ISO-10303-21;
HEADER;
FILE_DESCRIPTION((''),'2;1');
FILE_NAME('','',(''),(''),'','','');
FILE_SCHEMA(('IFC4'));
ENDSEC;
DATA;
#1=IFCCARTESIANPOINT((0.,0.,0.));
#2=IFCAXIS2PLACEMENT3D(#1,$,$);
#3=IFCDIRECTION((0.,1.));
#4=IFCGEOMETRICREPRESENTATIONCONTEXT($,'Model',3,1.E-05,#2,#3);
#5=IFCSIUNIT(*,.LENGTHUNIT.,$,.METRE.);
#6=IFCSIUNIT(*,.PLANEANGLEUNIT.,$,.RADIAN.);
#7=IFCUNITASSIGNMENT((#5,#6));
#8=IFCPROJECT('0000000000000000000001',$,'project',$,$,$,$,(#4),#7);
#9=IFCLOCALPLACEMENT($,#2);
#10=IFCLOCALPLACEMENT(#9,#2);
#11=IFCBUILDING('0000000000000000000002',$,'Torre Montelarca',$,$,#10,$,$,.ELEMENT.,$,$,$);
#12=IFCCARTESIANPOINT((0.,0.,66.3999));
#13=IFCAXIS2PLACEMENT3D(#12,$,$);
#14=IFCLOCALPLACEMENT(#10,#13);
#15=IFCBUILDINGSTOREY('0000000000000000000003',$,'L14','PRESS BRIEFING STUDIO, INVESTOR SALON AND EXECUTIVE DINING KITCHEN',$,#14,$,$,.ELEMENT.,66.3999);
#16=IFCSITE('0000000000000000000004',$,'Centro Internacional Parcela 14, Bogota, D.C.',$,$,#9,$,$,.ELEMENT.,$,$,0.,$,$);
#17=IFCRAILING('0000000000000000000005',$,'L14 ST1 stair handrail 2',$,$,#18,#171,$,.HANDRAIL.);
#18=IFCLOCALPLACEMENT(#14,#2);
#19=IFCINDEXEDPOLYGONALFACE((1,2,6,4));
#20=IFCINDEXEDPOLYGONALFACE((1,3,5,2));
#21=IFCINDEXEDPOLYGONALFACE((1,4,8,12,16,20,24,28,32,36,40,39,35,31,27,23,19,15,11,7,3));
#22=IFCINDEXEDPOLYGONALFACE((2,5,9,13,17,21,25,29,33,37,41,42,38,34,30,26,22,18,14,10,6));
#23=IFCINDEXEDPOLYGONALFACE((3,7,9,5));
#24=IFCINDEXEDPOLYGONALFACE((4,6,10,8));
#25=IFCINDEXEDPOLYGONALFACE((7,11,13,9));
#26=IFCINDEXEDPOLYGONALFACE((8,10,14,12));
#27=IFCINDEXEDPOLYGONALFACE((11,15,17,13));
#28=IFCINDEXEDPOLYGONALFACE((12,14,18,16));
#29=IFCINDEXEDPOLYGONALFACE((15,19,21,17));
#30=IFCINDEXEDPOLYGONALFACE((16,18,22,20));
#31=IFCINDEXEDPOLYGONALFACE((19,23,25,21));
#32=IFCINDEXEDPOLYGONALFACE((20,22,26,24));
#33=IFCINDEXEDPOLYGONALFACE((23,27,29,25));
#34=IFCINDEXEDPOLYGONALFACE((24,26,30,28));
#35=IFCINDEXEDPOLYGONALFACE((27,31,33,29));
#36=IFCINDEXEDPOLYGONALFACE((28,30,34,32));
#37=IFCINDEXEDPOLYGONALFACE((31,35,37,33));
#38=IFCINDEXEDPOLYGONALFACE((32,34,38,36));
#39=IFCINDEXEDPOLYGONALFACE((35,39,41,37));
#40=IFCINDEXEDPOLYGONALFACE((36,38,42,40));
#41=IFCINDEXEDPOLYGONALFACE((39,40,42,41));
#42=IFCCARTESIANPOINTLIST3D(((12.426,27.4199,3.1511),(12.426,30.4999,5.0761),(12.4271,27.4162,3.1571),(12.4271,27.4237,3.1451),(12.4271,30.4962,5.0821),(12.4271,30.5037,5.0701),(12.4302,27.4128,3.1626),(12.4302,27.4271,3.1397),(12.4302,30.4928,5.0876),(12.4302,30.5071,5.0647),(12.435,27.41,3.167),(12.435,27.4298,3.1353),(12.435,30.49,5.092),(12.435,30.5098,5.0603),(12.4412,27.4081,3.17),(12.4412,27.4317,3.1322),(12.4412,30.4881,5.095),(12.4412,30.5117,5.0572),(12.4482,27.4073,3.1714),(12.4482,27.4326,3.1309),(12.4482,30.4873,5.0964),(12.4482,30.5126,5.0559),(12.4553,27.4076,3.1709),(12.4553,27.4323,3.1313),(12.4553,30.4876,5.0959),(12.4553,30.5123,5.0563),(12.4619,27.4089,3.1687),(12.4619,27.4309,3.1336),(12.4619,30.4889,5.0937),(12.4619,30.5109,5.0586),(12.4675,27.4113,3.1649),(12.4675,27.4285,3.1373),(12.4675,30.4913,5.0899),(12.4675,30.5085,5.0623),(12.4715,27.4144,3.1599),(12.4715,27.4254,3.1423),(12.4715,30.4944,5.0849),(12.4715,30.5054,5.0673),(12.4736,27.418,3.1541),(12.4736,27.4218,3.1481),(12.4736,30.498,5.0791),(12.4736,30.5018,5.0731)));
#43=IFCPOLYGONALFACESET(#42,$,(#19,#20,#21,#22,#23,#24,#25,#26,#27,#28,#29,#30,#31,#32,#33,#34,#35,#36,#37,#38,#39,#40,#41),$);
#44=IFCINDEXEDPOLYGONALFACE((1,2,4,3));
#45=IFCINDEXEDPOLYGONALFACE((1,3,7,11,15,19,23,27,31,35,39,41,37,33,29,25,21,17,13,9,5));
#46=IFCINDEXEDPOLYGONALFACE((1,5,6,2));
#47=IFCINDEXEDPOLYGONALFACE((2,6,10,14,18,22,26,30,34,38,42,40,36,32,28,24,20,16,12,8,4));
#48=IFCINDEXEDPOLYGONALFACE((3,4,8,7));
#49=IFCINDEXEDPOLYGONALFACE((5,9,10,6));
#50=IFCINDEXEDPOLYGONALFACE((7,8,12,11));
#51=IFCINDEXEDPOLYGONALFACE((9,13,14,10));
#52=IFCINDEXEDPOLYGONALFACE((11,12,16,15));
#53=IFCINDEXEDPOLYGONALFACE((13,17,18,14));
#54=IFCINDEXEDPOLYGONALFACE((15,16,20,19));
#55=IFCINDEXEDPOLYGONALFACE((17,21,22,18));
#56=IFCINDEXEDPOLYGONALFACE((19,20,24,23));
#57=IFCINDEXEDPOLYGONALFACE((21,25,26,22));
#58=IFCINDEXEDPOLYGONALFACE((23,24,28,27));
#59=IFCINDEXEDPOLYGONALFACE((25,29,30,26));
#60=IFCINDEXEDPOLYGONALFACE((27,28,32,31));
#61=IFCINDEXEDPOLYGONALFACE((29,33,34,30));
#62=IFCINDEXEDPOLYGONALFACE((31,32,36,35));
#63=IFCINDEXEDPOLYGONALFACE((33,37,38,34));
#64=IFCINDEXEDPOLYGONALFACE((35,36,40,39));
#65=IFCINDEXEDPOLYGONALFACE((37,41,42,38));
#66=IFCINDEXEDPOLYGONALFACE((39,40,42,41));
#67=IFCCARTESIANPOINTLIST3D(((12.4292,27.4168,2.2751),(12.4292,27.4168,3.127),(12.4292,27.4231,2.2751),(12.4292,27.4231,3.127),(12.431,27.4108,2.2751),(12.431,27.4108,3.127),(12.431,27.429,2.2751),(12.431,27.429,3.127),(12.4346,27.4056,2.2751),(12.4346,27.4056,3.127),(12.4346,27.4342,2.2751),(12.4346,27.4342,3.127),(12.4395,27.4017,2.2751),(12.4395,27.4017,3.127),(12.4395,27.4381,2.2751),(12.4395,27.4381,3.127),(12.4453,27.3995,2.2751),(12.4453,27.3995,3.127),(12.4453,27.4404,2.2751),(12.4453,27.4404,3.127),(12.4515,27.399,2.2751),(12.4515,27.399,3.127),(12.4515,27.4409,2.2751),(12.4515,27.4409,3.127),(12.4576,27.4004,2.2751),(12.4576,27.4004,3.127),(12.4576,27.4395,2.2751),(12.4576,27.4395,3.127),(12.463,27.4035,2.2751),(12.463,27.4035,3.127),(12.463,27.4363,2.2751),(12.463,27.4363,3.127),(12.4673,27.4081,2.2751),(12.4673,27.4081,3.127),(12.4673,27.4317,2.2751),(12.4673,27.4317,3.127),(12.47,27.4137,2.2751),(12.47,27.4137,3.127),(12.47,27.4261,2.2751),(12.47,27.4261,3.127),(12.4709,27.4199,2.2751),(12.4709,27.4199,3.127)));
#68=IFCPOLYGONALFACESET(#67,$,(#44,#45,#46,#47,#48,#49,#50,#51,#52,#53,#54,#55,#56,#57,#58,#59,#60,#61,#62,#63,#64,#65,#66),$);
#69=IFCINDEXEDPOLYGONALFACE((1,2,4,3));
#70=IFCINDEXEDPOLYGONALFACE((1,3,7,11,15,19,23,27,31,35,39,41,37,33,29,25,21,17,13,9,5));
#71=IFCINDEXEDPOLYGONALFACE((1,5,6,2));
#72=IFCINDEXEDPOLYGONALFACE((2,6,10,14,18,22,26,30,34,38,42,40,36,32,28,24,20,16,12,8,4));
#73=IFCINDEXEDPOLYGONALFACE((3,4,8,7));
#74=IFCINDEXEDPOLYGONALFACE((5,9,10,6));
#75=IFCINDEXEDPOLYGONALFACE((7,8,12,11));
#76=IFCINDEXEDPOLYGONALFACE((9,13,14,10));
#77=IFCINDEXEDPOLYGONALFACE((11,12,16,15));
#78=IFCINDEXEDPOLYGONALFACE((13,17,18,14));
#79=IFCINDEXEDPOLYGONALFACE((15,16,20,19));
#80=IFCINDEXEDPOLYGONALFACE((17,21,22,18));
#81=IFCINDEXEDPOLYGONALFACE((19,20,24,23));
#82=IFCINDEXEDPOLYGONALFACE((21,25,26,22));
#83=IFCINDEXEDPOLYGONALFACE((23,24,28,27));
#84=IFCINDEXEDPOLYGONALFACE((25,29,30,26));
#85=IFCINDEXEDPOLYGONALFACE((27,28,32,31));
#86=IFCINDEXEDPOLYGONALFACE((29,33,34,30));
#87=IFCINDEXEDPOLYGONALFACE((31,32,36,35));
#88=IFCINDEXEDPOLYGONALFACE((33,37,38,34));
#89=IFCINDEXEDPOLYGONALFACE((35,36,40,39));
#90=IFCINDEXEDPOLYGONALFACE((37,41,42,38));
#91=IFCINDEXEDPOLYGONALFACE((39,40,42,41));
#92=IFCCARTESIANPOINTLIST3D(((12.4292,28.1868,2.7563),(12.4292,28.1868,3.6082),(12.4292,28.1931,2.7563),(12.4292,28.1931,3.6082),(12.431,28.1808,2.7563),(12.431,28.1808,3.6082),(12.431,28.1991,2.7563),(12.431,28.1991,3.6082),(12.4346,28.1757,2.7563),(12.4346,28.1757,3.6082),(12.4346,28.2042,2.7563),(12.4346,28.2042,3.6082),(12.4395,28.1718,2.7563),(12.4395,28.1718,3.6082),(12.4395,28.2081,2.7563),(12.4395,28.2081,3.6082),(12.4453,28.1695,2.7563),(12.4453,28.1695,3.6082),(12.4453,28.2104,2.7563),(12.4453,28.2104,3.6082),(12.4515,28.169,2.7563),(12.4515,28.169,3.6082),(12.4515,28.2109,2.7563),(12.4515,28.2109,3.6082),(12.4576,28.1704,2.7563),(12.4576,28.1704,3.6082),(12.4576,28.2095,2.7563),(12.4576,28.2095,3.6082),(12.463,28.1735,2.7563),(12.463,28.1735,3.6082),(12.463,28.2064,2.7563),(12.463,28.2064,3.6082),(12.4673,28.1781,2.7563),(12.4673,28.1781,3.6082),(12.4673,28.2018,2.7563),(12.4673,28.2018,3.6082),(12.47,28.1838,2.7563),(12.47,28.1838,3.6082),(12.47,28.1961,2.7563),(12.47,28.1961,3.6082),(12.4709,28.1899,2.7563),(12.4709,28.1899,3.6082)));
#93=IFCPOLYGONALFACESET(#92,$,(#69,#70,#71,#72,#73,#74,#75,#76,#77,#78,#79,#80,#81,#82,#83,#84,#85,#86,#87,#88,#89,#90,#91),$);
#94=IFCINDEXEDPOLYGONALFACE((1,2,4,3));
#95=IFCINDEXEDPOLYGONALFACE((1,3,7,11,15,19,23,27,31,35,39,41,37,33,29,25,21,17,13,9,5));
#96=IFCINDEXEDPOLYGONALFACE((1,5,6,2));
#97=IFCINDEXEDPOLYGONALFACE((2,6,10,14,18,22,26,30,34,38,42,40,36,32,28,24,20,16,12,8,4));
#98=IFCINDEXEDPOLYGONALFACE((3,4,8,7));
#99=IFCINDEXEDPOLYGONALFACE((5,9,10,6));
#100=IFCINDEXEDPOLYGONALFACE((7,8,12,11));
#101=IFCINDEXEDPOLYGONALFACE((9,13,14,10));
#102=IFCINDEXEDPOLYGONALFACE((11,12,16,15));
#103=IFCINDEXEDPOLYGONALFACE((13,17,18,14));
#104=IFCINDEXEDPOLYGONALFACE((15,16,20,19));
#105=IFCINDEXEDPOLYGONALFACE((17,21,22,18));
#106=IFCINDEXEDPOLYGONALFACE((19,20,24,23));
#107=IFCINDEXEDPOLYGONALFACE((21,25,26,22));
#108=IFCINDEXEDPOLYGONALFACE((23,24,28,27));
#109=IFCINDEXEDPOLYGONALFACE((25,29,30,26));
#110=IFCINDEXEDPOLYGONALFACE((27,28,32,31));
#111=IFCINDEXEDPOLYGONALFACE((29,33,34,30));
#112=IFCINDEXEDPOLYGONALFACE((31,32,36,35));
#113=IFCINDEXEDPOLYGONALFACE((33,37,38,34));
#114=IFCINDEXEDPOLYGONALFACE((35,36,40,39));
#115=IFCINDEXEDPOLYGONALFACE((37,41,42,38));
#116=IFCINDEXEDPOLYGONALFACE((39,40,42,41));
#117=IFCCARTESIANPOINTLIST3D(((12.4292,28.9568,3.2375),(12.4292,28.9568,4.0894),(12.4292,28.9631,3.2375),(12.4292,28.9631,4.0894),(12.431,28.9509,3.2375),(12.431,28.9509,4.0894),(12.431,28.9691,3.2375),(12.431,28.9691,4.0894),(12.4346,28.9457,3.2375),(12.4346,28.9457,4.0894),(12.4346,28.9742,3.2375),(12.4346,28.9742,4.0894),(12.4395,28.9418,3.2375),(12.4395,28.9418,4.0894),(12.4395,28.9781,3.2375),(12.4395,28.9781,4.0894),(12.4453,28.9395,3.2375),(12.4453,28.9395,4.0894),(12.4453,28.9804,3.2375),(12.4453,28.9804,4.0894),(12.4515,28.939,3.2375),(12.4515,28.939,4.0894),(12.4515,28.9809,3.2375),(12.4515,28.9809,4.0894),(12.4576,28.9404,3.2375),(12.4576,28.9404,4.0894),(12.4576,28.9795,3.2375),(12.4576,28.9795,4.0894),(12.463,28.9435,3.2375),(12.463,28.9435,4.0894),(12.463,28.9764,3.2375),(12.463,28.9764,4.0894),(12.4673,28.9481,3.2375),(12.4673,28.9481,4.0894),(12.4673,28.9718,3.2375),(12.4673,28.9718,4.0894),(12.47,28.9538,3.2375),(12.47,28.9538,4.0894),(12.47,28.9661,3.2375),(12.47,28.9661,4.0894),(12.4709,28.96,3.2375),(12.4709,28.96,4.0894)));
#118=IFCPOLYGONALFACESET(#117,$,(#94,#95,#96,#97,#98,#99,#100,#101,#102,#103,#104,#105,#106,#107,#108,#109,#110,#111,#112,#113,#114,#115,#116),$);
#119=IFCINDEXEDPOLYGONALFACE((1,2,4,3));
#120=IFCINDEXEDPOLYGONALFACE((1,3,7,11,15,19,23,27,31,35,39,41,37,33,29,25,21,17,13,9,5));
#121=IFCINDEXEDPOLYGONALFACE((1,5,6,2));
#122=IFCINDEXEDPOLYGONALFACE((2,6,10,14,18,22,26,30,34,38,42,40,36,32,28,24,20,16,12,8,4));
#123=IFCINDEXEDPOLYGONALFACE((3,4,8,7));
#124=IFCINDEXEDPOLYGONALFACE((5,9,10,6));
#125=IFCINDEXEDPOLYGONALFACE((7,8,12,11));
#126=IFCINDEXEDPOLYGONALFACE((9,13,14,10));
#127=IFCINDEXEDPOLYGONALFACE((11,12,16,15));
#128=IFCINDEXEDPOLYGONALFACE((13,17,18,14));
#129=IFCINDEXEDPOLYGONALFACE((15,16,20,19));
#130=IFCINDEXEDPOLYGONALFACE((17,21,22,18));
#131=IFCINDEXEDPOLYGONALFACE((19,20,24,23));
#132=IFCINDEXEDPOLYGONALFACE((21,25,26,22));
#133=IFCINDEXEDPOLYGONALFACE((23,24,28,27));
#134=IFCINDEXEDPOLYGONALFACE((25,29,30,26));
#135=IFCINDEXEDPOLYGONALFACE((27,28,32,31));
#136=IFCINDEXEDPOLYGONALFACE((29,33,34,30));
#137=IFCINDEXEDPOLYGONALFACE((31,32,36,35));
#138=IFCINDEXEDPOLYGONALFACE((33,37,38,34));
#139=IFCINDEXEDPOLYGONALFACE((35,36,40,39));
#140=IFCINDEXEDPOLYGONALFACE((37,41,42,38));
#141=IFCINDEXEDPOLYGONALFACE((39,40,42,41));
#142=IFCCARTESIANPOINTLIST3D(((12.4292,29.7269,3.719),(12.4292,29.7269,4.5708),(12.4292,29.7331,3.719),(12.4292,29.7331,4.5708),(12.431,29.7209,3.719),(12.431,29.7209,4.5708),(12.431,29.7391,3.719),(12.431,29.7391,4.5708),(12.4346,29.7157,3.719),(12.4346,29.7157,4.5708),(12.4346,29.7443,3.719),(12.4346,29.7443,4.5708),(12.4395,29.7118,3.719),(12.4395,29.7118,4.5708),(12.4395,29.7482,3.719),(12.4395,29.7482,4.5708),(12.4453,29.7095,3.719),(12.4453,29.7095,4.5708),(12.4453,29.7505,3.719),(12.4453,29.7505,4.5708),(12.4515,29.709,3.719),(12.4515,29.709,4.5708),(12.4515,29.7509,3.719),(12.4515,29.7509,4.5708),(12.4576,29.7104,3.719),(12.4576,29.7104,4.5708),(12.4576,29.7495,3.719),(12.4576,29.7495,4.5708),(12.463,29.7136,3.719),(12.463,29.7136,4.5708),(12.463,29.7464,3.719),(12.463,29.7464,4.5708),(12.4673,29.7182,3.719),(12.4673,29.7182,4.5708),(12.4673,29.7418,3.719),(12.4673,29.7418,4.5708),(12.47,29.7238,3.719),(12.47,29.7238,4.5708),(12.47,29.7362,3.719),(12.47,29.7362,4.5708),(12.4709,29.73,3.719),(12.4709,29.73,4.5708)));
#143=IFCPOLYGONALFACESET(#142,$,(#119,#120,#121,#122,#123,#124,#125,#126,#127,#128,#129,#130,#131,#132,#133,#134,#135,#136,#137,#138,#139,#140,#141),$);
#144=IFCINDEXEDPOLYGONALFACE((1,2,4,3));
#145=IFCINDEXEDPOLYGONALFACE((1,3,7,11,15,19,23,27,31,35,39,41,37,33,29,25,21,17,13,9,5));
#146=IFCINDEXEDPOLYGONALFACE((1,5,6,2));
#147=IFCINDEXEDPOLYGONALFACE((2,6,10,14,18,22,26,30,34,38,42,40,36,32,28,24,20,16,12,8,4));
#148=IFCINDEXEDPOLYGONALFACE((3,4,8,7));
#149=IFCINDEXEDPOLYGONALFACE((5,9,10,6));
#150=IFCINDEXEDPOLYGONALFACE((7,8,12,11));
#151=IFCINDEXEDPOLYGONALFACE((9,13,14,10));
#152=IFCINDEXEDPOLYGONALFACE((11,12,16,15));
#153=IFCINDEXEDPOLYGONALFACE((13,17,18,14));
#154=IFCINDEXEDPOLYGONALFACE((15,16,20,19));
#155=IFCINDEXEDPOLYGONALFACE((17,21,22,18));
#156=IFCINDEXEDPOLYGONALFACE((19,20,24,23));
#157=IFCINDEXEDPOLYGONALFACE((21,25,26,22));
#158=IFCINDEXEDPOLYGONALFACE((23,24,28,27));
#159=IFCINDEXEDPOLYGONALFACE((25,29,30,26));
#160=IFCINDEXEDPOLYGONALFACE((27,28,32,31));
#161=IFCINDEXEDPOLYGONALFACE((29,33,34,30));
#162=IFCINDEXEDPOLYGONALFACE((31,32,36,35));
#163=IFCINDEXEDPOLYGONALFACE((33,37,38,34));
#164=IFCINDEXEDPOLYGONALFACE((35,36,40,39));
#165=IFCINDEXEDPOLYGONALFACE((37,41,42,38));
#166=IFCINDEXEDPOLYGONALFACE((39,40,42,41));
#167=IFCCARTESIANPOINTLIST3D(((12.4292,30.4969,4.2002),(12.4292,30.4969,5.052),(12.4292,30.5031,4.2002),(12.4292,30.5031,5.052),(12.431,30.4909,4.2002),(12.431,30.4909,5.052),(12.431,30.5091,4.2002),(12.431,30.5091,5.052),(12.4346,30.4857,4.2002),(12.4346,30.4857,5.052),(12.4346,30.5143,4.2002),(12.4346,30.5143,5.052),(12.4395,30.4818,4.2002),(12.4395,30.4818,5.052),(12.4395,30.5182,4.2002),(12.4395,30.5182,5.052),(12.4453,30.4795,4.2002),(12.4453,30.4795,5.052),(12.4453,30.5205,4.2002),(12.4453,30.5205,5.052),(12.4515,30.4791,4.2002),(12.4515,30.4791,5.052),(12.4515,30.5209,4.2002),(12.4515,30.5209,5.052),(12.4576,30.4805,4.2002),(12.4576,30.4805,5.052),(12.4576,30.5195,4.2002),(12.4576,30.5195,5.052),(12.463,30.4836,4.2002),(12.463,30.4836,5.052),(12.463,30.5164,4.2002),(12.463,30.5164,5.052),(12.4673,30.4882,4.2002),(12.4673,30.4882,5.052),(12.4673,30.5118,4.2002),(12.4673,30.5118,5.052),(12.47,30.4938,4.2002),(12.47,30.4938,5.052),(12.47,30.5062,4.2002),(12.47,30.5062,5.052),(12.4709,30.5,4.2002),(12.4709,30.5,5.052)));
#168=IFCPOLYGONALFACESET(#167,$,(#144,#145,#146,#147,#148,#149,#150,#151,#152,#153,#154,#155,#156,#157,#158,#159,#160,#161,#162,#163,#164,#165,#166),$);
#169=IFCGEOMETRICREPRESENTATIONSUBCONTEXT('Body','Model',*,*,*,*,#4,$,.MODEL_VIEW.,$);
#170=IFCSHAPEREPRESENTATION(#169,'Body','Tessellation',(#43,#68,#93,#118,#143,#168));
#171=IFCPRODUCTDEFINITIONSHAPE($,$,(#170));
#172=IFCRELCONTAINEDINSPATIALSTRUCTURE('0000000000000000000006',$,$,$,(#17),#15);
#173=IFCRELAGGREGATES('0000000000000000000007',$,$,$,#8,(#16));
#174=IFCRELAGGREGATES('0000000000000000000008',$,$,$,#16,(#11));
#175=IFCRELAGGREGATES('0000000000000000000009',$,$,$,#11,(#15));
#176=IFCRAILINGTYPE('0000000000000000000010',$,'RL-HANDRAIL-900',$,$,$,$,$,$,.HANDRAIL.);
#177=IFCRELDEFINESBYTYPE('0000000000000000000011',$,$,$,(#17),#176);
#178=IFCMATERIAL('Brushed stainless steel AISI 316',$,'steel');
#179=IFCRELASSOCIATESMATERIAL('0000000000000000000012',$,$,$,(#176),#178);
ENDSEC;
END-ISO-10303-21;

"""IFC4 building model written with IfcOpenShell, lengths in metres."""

from ifc_helpers import new_model, si_unit, direction, frame, origin, origin_2d, place, context, subcontext, project, spatial, circle, extrude, material, type_object, element, save


model = new_model("IFC4")

# Units and contexts
model_context = context("Model", 3, precision=1e-05, world=origin(), true_north=direction((0.0, 1.0)))
body_context = subcontext(model_context, "Body", "Model", "MODEL_VIEW")
ifc_project = project(units=[si_unit("LENGTHUNIT", "METRE"), si_unit("PLANEANGLEUNIT", "RADIAN")], contexts=[model_context])

# Site, building, storey
site_placement = place(None, origin())
site = spatial("IfcSite", under=ifc_project, at=site_placement, Name="Centro Internacional Parcela 14, Bogota, D.C.", CompositionType="ELEMENT", RefElevation=0.0)
building_placement = place(site_placement, origin())
building = spatial("IfcBuilding", under=site, at=building_placement, Name="Torre Montelarca", CompositionType="ELEMENT")
storey_placement = place(building_placement, frame((0.0, 0.0, 66.3999)))
storey = spatial("IfcBuildingStorey", under=building, at=storey_placement, Name="L14", Description="PRESS BRIEFING STUDIO, INVESTOR SALON AND EXECUTIVE DINING KITCHEN", CompositionType="ELEMENT", Elevation=66.3999)

# Shared definitions
ifc_material_1 = material(Name="Brushed stainless steel AISI 316", Category="steel")

# Railing
railing_type_1 = type_object("IfcRailingType", Name="RL-HANDRAIL-900", PredefinedType="HANDRAIL", material=ifc_material_1)
railing_1_placement = place(storey_placement, frame((12.45, 27.4199, 2.2751)))
element("IfcRailing", 1, at=railing_1_placement, inside=storey, type_object=railing_type_1, Name="L14 ST1 stair handrail 2", PredefinedType="HANDRAIL", context=body_context, shape_type="SweptSolid", body=[
    extrude(circle(Radius=0.0239, at=origin_2d()), frame((0.0, 0.0, 0.876), z_axis=(0.0, 0.847998, 0.529999), x_axis=(-1.0, 0.0, 0.0)), (0.0, 0.0, 1.0), 3.6321),
    extrude(circle(Radius=0.021, at=origin_2d()), origin(), (0.0, 0.0, 1.0), 0.8518),
    extrude(circle(Radius=0.021, at=origin_2d()), frame((0.0, 0.77, 0.4812)), (0.0, 0.0, 1.0), 0.8518),
    extrude(circle(Radius=0.021, at=origin_2d()), frame((0.0, 1.54, 0.9624)), (0.0, 0.0, 1.0), 0.8518),
    extrude(circle(Radius=0.021, at=origin_2d()), frame((0.0, 2.3101, 1.4438)), (0.0, 0.0, 1.0), 0.8518),
    extrude(circle(Radius=0.021, at=origin_2d()), frame((0.0, 3.0801, 1.925)), (0.0, 0.0, 1.0), 0.8518),
])

save(model, "model.ifc")
